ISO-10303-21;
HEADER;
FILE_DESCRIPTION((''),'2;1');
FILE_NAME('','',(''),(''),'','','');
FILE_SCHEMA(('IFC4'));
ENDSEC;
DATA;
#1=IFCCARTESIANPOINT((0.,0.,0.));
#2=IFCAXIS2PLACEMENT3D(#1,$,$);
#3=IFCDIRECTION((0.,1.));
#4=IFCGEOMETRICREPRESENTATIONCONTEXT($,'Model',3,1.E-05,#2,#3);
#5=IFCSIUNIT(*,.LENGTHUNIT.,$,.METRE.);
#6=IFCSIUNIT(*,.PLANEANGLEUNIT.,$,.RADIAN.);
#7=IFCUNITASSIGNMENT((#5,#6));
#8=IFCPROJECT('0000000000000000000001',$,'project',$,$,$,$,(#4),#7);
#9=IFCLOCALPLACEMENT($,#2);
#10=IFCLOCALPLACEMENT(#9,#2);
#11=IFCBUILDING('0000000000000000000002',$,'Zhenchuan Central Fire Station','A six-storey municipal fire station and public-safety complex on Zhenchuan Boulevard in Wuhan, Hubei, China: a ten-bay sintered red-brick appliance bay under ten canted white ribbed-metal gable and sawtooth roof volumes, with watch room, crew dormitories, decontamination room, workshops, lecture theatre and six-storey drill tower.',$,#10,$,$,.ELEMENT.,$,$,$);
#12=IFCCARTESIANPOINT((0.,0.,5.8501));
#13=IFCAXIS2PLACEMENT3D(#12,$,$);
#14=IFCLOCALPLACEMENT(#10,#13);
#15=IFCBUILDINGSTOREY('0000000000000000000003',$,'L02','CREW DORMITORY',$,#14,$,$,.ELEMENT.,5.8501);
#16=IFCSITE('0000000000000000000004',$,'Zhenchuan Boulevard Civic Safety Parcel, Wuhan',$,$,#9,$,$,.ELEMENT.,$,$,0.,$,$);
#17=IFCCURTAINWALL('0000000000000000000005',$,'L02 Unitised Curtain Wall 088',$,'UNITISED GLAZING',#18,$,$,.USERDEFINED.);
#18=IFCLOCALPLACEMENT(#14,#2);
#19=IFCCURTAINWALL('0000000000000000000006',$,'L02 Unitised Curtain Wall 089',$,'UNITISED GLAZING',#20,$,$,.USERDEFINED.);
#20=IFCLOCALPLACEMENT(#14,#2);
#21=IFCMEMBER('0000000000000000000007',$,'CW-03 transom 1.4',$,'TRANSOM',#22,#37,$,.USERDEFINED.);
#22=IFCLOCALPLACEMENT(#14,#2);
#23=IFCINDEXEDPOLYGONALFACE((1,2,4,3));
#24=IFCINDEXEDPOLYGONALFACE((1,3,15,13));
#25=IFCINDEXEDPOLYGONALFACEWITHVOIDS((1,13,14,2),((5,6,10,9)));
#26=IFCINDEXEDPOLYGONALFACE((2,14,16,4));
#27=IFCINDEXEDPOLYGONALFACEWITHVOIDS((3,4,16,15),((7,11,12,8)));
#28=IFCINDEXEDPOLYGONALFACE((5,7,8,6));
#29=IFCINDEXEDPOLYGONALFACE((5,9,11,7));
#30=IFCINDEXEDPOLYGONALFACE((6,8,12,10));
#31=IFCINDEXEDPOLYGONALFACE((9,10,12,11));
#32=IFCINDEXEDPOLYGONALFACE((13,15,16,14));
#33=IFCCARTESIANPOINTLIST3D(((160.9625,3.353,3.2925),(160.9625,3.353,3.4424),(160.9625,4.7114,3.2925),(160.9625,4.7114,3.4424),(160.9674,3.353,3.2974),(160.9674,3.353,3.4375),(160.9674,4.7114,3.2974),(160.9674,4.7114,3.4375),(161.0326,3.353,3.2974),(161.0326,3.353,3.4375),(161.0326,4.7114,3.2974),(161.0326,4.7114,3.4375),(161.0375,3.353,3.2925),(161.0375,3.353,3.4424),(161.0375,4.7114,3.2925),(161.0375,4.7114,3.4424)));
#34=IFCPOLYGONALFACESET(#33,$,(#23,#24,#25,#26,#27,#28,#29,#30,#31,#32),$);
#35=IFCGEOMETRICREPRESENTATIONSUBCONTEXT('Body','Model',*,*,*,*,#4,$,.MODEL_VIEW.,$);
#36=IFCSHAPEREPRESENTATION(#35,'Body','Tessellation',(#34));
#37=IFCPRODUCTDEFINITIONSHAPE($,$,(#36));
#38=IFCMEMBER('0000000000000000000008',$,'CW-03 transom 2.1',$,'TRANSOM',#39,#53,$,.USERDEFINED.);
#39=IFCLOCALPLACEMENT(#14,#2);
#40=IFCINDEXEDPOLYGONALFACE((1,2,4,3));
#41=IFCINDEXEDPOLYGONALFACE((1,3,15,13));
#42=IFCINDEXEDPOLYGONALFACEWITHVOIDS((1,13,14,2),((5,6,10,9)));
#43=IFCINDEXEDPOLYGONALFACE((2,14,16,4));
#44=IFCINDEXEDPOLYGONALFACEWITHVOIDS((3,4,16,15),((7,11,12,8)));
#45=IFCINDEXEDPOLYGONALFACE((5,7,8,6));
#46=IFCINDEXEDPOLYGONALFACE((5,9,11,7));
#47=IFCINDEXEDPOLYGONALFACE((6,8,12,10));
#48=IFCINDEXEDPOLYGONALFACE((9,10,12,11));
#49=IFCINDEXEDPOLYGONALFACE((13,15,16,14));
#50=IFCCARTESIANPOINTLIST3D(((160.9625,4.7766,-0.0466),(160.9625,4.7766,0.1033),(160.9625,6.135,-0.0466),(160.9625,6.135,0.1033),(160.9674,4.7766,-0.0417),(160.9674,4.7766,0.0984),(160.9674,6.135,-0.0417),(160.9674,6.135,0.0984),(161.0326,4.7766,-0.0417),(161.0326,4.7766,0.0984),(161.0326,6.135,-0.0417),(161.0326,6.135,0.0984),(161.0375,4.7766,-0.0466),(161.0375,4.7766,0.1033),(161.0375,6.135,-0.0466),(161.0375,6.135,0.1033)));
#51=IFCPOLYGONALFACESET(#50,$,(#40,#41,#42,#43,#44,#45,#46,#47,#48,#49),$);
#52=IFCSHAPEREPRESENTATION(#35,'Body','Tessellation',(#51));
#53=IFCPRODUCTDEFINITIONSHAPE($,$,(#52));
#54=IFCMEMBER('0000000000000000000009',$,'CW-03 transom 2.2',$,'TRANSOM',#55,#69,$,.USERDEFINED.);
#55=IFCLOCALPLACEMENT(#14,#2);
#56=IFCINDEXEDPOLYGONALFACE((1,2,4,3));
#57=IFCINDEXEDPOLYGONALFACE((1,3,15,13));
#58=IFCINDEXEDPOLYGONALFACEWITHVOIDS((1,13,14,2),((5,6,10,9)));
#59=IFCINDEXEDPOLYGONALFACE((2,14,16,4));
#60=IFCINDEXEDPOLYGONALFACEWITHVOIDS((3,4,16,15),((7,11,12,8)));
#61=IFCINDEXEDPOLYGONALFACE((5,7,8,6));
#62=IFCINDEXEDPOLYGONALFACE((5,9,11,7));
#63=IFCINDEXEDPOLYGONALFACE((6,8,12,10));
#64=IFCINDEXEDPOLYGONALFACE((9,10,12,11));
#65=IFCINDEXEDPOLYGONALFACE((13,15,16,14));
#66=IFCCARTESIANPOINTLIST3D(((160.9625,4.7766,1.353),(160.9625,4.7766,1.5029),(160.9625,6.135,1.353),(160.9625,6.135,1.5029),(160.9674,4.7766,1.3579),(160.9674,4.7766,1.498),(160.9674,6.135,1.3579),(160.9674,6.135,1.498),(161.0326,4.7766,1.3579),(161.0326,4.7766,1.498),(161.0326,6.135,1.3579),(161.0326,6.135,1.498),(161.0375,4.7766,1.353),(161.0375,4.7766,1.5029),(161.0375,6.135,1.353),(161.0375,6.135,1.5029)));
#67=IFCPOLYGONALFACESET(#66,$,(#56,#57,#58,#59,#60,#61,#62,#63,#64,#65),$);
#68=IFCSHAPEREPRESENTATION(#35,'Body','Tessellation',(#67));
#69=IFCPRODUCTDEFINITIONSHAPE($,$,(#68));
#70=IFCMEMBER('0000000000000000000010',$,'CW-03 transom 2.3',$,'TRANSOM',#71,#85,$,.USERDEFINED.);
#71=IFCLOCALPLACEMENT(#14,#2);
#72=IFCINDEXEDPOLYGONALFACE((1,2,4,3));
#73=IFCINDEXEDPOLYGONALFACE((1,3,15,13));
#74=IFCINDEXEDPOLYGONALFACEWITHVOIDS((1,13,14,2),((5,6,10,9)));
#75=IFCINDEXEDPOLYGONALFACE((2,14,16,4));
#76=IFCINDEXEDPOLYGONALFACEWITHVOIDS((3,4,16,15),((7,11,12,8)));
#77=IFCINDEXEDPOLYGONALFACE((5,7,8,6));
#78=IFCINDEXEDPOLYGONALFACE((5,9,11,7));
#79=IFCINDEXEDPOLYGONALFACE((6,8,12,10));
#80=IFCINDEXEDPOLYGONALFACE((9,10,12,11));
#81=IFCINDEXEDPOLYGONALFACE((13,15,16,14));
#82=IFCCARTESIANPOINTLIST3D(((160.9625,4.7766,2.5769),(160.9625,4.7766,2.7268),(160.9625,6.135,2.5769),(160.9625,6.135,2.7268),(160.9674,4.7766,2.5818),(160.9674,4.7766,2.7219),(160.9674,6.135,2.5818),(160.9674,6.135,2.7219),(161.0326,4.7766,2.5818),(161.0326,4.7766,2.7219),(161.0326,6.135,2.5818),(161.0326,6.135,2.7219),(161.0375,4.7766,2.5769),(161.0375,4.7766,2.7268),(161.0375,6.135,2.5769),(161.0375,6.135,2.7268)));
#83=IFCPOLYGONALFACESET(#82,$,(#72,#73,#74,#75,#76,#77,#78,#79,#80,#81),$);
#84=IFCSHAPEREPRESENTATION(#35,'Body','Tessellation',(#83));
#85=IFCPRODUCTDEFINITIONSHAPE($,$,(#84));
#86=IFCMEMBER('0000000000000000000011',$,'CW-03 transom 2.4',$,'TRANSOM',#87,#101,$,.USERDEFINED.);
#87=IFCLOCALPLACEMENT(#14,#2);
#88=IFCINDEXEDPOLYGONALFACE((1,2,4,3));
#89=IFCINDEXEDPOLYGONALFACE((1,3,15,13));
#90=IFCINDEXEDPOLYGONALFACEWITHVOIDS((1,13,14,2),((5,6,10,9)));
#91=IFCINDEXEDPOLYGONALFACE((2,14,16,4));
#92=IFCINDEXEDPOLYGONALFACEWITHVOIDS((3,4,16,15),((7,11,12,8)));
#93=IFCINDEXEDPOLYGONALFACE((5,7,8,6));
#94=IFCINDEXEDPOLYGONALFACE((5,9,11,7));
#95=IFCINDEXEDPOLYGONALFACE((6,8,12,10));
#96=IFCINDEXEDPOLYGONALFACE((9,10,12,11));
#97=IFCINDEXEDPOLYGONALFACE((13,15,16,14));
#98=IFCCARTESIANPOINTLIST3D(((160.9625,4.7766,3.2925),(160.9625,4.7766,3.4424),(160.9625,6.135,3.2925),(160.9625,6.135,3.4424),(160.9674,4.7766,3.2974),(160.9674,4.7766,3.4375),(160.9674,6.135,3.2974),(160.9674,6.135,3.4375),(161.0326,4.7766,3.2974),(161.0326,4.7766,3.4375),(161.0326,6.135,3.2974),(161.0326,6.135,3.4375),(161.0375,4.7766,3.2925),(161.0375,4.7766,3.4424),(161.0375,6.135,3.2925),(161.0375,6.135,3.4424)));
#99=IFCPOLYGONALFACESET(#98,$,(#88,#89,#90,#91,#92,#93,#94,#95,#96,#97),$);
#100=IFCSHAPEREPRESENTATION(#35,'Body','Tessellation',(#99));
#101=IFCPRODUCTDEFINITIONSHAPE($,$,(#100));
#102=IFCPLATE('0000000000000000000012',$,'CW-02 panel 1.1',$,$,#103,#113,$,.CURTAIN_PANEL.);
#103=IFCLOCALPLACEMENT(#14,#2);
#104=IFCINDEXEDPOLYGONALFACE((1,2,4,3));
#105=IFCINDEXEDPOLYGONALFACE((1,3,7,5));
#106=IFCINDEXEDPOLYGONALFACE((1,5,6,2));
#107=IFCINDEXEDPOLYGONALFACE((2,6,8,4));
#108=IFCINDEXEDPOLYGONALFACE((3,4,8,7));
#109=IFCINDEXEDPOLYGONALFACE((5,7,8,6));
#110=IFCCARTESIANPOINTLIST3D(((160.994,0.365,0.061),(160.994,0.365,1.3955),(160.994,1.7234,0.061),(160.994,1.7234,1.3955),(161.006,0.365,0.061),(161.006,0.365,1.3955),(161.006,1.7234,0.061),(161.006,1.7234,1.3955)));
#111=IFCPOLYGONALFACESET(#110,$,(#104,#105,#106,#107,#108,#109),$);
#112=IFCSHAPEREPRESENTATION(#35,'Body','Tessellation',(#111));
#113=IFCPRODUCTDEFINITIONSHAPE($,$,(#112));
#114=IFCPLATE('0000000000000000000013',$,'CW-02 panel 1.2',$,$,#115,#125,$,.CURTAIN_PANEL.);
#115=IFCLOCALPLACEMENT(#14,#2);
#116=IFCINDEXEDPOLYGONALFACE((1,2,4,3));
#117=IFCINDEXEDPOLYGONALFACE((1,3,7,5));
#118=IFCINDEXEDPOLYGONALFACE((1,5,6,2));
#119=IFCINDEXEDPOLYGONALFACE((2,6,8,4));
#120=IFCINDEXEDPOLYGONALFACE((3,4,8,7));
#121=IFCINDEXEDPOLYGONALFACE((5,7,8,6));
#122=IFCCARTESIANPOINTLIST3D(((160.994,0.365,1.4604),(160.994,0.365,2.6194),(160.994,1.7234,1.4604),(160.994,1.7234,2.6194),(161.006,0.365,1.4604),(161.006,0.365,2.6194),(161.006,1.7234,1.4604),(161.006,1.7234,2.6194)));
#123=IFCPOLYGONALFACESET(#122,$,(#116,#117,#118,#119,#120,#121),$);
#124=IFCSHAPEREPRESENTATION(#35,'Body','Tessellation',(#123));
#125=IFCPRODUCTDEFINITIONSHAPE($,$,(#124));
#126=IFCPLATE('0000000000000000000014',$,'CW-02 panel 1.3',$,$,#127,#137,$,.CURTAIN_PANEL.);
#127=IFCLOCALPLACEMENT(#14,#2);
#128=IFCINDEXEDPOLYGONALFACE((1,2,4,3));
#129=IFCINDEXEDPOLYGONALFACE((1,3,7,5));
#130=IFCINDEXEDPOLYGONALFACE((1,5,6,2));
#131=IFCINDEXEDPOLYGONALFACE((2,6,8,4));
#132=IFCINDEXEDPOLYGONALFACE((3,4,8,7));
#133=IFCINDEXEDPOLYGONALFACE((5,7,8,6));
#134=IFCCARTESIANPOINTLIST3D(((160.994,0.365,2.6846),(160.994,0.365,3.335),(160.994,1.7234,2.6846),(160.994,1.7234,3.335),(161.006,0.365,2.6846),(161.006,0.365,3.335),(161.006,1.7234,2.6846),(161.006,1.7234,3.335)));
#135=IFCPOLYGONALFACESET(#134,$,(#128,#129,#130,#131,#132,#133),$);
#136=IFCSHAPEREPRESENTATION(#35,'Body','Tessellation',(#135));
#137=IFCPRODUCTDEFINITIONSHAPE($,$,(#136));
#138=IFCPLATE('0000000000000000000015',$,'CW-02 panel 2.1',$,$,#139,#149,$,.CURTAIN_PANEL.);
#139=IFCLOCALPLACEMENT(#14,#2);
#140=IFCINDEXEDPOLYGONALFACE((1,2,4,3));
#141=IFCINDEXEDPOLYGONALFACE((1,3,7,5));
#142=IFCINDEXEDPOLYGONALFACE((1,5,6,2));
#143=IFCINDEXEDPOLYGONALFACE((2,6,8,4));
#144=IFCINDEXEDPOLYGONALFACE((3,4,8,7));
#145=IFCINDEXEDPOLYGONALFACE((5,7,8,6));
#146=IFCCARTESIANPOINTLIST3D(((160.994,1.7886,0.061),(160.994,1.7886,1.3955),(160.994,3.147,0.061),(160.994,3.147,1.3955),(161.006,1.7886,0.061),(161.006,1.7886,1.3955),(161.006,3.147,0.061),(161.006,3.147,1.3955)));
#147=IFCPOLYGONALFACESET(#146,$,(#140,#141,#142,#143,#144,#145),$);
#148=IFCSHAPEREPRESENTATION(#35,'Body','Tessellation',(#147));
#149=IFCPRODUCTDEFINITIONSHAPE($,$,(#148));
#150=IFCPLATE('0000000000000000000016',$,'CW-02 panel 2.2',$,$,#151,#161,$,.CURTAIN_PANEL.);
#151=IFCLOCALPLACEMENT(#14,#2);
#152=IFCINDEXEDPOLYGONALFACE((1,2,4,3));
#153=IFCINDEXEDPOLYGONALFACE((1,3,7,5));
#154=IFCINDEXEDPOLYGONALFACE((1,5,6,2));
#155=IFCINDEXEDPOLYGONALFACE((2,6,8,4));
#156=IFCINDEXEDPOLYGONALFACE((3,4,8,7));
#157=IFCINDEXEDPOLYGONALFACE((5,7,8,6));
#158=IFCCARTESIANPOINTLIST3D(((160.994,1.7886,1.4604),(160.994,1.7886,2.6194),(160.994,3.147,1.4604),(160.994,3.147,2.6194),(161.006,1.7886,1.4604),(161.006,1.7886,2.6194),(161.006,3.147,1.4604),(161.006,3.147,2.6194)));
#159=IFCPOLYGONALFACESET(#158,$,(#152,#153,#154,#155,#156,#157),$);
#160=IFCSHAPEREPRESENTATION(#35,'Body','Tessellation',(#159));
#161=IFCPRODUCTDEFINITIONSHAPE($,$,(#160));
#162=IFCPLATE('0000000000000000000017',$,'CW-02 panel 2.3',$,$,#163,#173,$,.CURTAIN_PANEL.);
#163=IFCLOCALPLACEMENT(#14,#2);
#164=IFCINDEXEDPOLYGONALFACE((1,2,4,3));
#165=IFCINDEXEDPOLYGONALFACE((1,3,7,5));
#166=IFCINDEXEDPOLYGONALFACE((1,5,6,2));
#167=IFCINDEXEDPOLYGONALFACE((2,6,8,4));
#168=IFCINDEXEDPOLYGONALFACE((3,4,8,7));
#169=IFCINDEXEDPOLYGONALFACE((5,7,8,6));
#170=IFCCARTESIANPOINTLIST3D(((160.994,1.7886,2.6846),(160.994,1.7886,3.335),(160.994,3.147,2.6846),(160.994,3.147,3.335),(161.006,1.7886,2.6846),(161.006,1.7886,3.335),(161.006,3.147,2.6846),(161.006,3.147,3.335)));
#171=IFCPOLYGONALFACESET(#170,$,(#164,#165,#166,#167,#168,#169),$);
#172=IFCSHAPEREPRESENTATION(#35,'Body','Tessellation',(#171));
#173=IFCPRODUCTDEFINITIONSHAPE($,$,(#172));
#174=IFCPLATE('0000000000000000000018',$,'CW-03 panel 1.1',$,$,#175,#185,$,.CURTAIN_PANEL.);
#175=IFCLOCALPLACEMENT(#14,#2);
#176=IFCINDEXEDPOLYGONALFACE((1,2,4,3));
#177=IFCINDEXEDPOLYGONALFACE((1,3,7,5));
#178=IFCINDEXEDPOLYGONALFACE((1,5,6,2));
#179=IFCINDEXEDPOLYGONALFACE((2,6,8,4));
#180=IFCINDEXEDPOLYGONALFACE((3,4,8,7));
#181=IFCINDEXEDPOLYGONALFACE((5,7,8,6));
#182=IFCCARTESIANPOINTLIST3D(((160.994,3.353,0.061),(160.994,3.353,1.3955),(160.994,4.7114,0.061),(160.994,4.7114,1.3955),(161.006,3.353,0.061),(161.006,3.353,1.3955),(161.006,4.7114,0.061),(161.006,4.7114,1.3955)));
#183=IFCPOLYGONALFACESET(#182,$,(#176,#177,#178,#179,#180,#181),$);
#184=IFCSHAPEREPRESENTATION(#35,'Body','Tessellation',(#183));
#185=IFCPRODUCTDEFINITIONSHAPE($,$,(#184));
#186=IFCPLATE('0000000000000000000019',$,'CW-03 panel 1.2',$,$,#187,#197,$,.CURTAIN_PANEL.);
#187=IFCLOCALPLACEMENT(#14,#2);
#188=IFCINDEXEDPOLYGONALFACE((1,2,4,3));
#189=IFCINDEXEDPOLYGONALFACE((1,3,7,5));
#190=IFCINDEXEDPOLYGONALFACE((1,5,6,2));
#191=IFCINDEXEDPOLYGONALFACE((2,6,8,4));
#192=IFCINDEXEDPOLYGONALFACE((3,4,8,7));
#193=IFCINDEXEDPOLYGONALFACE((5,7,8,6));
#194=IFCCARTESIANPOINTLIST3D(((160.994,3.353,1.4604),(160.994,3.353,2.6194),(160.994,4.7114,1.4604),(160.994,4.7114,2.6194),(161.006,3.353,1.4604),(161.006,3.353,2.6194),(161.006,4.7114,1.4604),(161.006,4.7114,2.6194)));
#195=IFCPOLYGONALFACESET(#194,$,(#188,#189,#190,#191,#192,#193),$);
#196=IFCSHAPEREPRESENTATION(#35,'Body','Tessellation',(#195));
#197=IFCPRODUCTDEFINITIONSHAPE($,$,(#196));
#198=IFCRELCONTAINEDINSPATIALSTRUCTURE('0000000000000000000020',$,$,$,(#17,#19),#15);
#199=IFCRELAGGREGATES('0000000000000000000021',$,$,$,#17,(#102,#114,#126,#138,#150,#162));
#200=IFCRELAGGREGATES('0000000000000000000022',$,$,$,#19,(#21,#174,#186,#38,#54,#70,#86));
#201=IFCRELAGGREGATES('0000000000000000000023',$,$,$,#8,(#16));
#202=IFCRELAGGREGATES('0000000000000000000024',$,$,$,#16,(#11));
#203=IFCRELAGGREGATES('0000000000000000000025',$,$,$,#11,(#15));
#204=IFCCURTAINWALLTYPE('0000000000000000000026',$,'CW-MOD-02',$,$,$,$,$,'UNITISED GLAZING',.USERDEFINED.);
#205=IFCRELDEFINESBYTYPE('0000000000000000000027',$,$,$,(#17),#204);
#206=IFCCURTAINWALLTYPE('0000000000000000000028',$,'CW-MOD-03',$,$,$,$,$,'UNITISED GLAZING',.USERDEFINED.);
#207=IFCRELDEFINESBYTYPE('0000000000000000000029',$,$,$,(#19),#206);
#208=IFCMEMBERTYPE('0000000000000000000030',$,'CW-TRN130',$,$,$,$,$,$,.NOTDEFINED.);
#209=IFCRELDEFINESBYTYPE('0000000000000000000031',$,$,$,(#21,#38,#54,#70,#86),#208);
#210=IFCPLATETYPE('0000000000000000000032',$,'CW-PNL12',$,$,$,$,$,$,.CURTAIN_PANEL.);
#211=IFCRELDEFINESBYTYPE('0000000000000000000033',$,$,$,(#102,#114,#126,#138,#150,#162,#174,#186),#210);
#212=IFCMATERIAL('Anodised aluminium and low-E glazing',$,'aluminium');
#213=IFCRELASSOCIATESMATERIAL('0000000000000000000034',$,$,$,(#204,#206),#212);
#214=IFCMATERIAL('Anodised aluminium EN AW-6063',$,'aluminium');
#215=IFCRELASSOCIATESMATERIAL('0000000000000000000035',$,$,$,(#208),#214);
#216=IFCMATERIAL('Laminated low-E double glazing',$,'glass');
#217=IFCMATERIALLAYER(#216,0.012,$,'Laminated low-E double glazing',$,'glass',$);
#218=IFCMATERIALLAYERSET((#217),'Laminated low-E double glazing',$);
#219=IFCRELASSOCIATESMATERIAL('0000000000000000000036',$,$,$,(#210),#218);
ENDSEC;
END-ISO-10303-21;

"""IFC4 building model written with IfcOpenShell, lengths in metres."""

from ifc_helpers import new_model, si_unit, direction, frame, origin, origin_2d, place, context, subcontext, project, spatial, rectangle, hollow_rectangle, extrude, material, layer, layer_set, material_profile, profile_set, type_object, element, aggregate, save


model = new_model("IFC4")

# Units and contexts
model_context = context("Model", 3, precision=1e-05, world=origin(), true_north=direction((0.0, 1.0)))
body_context = subcontext(model_context, "Body", "Model", "MODEL_VIEW")
ifc_project = project(units=[si_unit("LENGTHUNIT", "METRE"), si_unit("PLANEANGLEUNIT", "RADIAN")], contexts=[model_context])

# Site, building, storey
site_placement = place(None, origin())
site = spatial("IfcSite", under=ifc_project, at=site_placement, Name="Zhenchuan Boulevard Civic Safety Parcel, Wuhan", CompositionType="ELEMENT", RefElevation=0.0)
building_placement = place(site_placement, origin())
building = spatial("IfcBuilding", under=site, at=building_placement, Name="Zhenchuan Central Fire Station", Description="A six-storey municipal fire station and public-safety complex on Zhenchuan Boulevard in Wuhan, Hubei, China: a ten-bay sintered red-brick appliance bay under ten canted white ribbed-metal gable and sawtooth roof volumes, with watch room, crew dormitories, decontamination room, workshops, lecture theatre and six-storey drill tower.", CompositionType="ELEMENT")
storey_placement = place(building_placement, frame((0.0, 0.0, 5.8501)))
storey = spatial("IfcBuildingStorey", under=building, at=storey_placement, Name="L02", Description="CREW DORMITORY", CompositionType="ELEMENT", Elevation=5.8501)

# Curtain walls
ifc_material_1 = material(Name="Anodised aluminium and low-E glazing", Category="aluminium")
curtain_wall_type_1 = type_object("IfcCurtainWallType", Name="CW-MOD-02", ElementType="UNITISED GLAZING", PredefinedType="USERDEFINED", material=ifc_material_1)
curtain_wall_1_placement = place(storey_placement, origin())
curtain_wall_1 = element("IfcCurtainWall", 1, at=curtain_wall_1_placement, inside=storey, type_object=curtain_wall_type_1, Name="L02 Unitised Curtain Wall 088", ObjectType="UNITISED GLAZING", PredefinedType="USERDEFINED")
ifc_material_2 = material(Name="Anodised aluminium EN AW-6063", Category="aluminium")
curtain_wall_type_2 = type_object("IfcCurtainWallType", Name="CW-MOD-03", ElementType="UNITISED GLAZING", PredefinedType="USERDEFINED", material=ifc_material_1)
curtain_wall_2_placement = place(storey_placement, origin())
curtain_wall_2 = element("IfcCurtainWall", 2, at=curtain_wall_2_placement, inside=storey, type_object=curtain_wall_type_2, Name="L02 Unitised Curtain Wall 089", ObjectType="UNITISED GLAZING", PredefinedType="USERDEFINED")

# Members
ifc_material_profile_1 = material_profile(ifc_material_2, hollow_rectangle(XDim=0.075, YDim=0.1499, WallThickness=0.0049, at=origin_2d()), Name="ALU-T 150x75")
ifc_profile_set_1 = profile_set([ifc_material_profile_1], Name="Anodised aluminium EN AW-6063")
member_type_1 = type_object("IfcMemberType", Name="CW-TRN130", PredefinedType="NOTDEFINED", material=ifc_profile_set_1)
member_1_placement = place(storey_placement, frame((161.0, 3.353, 3.3674), z_axis=(0.0, 1.0, 0.0), x_axis=(-1.0, 0.0, 0.0)))
member_1 = element("IfcMember", 3, at=member_1_placement, type_object=member_type_1, Name="CW-03 transom 1.4", ObjectType="TRANSOM", PredefinedType="USERDEFINED", context=body_context, shape_type="SweptSolid", body=[
    extrude(hollow_rectangle(XDim=0.075, YDim=0.1499, WallThickness=0.0049, at=origin_2d()), origin(), (0.0, 0.0, 1.0), 1.3584),
])
member_2_placement = place(storey_placement, frame((161.0, 4.7766, 0.0283), z_axis=(0.0, 1.0, 0.0), x_axis=(-1.0, 0.0, 0.0)))
member_2 = element("IfcMember", 4, at=member_2_placement, type_object=member_type_1, Name="CW-03 transom 2.1", ObjectType="TRANSOM", PredefinedType="USERDEFINED", context=body_context, shape_type="SweptSolid", body=[
    extrude(hollow_rectangle(XDim=0.075, YDim=0.1499, WallThickness=0.0049, at=origin_2d()), origin(), (0.0, 0.0, 1.0), 1.3584),
])
member_3_placement = place(storey_placement, frame((161.0, 4.7766, 1.428), z_axis=(0.0, 1.0, 0.0), x_axis=(-1.0, 0.0, 0.0)))
member_3 = element("IfcMember", 5, at=member_3_placement, type_object=member_type_1, Name="CW-03 transom 2.2", ObjectType="TRANSOM", PredefinedType="USERDEFINED", context=body_context, shape_type="SweptSolid", body=[
    extrude(hollow_rectangle(XDim=0.075, YDim=0.1499, WallThickness=0.0049, at=origin_2d()), origin(), (0.0, 0.0, 1.0), 1.3584),
])
member_4_placement = place(storey_placement, frame((161.0, 4.7766, 2.6519), z_axis=(0.0, 1.0, 0.0), x_axis=(-1.0, 0.0, 0.0)))
member_4 = element("IfcMember", 6, at=member_4_placement, type_object=member_type_1, Name="CW-03 transom 2.3", ObjectType="TRANSOM", PredefinedType="USERDEFINED", context=body_context, shape_type="SweptSolid", body=[
    extrude(hollow_rectangle(XDim=0.075, YDim=0.1499, WallThickness=0.0049, at=origin_2d()), origin(), (0.0, 0.0, 1.0), 1.3584),
])
member_5_placement = place(storey_placement, frame((161.0, 4.7766, 3.3674), z_axis=(0.0, 1.0, 0.0), x_axis=(-1.0, 0.0, 0.0)))
member_5 = element("IfcMember", 7, at=member_5_placement, type_object=member_type_1, Name="CW-03 transom 2.4", ObjectType="TRANSOM", PredefinedType="USERDEFINED", context=body_context, shape_type="SweptSolid", body=[
    extrude(hollow_rectangle(XDim=0.075, YDim=0.1499, WallThickness=0.0049, at=origin_2d()), origin(), (0.0, 0.0, 1.0), 1.3584),
])

# Plates
ifc_material_3 = material(Name="Laminated low-E double glazing", Category="glass")
ifc_layer_1 = layer(ifc_material_3, 0.012, Name="Laminated low-E double glazing", Category="glass")
ifc_layer_set_1 = layer_set([ifc_layer_1], Name="Laminated low-E double glazing")
plate_type = type_object("IfcPlateType", Name="CW-PNL12", PredefinedType="CURTAIN_PANEL", material=ifc_layer_set_1)
plate_1_placement = place(storey_placement, frame((161.0, 1.0442, 0.061), z_axis=(0.0, 0.0, 1.0), x_axis=(0.0, 1.0, 0.0)))
plate_1 = element("IfcPlate", 8, at=plate_1_placement, type_object=plate_type, Name="CW-02 panel 1.1", PredefinedType="CURTAIN_PANEL", context=body_context, shape_type="SweptSolid", body=[
    extrude(rectangle(XDim=1.3584, YDim=0.012, at=origin_2d()), origin(), (0.0, 0.0, 1.0), 1.3345),
])
plate_2_placement = place(storey_placement, frame((161.0, 1.0442, 1.4604), z_axis=(0.0, 0.0, 1.0), x_axis=(0.0, 1.0, 0.0)))
plate_2 = element("IfcPlate", 9, at=plate_2_placement, type_object=plate_type, Name="CW-02 panel 1.2", PredefinedType="CURTAIN_PANEL", context=body_context, shape_type="SweptSolid", body=[
    extrude(rectangle(XDim=1.3584, YDim=0.012, at=origin_2d()), origin(), (0.0, 0.0, 1.0), 1.1589),
])
plate_3_placement = place(storey_placement, frame((161.0, 1.0442, 2.6846), z_axis=(0.0, 0.0, 1.0), x_axis=(0.0, 1.0, 0.0)))
plate_3 = element("IfcPlate", 10, at=plate_3_placement, type_object=plate_type, Name="CW-02 panel 1.3", PredefinedType="CURTAIN_PANEL", context=body_context, shape_type="SweptSolid", body=[
    extrude(rectangle(XDim=1.3584, YDim=0.012, at=origin_2d()), origin(), (0.0, 0.0, 1.0), 0.6504),
])
plate_4_placement = place(storey_placement, frame((161.0, 2.4678, 0.061), z_axis=(0.0, 0.0, 1.0), x_axis=(0.0, 1.0, 0.0)))
plate_4 = element("IfcPlate", 11, at=plate_4_placement, type_object=plate_type, Name="CW-02 panel 2.1", PredefinedType="CURTAIN_PANEL", context=body_context, shape_type="SweptSolid", body=[
    extrude(rectangle(XDim=1.3584, YDim=0.012, at=origin_2d()), origin(), (0.0, 0.0, 1.0), 1.3345),
])
plate_5_placement = place(storey_placement, frame((161.0, 2.4678, 1.4604), z_axis=(0.0, 0.0, 1.0), x_axis=(0.0, 1.0, 0.0)))
plate_5 = element("IfcPlate", 12, at=plate_5_placement, type_object=plate_type, Name="CW-02 panel 2.2", PredefinedType="CURTAIN_PANEL", context=body_context, shape_type="SweptSolid", body=[
    extrude(rectangle(XDim=1.3584, YDim=0.012, at=origin_2d()), origin(), (0.0, 0.0, 1.0), 1.1589),
])
plate_6_placement = place(storey_placement, frame((161.0, 2.4678, 2.6846), z_axis=(0.0, 0.0, 1.0), x_axis=(0.0, 1.0, 0.0)))
plate_6 = element("IfcPlate", 13, at=plate_6_placement, type_object=plate_type, Name="CW-02 panel 2.3", PredefinedType="CURTAIN_PANEL", context=body_context, shape_type="SweptSolid", body=[
    extrude(rectangle(XDim=1.3584, YDim=0.012, at=origin_2d()), origin(), (0.0, 0.0, 1.0), 0.6504),
])
aggregate(curtain_wall_1, [plate_1, plate_2, plate_3, plate_4, plate_5, plate_6])
plate_7_placement = place(storey_placement, frame((161.0, 4.0322, 0.061), z_axis=(0.0, 0.0, 1.0), x_axis=(0.0, 1.0, 0.0)))
plate_7 = element("IfcPlate", 14, at=plate_7_placement, type_object=plate_type, Name="CW-03 panel 1.1", PredefinedType="CURTAIN_PANEL", context=body_context, shape_type="SweptSolid", body=[
    extrude(rectangle(XDim=1.3584, YDim=0.012, at=origin_2d()), origin(), (0.0, 0.0, 1.0), 1.3345),
])
plate_8_placement = place(storey_placement, frame((161.0, 4.0322, 1.4604), z_axis=(0.0, 0.0, 1.0), x_axis=(0.0, 1.0, 0.0)))
plate_8 = element("IfcPlate", 15, at=plate_8_placement, type_object=plate_type, Name="CW-03 panel 1.2", PredefinedType="CURTAIN_PANEL", context=body_context, shape_type="SweptSolid", body=[
    extrude(rectangle(XDim=1.3584, YDim=0.012, at=origin_2d()), origin(), (0.0, 0.0, 1.0), 1.1589),
])
aggregate(curtain_wall_2, [member_1, plate_7, plate_8, member_2, member_3, member_4, member_5])

save(model, "model.ifc")
